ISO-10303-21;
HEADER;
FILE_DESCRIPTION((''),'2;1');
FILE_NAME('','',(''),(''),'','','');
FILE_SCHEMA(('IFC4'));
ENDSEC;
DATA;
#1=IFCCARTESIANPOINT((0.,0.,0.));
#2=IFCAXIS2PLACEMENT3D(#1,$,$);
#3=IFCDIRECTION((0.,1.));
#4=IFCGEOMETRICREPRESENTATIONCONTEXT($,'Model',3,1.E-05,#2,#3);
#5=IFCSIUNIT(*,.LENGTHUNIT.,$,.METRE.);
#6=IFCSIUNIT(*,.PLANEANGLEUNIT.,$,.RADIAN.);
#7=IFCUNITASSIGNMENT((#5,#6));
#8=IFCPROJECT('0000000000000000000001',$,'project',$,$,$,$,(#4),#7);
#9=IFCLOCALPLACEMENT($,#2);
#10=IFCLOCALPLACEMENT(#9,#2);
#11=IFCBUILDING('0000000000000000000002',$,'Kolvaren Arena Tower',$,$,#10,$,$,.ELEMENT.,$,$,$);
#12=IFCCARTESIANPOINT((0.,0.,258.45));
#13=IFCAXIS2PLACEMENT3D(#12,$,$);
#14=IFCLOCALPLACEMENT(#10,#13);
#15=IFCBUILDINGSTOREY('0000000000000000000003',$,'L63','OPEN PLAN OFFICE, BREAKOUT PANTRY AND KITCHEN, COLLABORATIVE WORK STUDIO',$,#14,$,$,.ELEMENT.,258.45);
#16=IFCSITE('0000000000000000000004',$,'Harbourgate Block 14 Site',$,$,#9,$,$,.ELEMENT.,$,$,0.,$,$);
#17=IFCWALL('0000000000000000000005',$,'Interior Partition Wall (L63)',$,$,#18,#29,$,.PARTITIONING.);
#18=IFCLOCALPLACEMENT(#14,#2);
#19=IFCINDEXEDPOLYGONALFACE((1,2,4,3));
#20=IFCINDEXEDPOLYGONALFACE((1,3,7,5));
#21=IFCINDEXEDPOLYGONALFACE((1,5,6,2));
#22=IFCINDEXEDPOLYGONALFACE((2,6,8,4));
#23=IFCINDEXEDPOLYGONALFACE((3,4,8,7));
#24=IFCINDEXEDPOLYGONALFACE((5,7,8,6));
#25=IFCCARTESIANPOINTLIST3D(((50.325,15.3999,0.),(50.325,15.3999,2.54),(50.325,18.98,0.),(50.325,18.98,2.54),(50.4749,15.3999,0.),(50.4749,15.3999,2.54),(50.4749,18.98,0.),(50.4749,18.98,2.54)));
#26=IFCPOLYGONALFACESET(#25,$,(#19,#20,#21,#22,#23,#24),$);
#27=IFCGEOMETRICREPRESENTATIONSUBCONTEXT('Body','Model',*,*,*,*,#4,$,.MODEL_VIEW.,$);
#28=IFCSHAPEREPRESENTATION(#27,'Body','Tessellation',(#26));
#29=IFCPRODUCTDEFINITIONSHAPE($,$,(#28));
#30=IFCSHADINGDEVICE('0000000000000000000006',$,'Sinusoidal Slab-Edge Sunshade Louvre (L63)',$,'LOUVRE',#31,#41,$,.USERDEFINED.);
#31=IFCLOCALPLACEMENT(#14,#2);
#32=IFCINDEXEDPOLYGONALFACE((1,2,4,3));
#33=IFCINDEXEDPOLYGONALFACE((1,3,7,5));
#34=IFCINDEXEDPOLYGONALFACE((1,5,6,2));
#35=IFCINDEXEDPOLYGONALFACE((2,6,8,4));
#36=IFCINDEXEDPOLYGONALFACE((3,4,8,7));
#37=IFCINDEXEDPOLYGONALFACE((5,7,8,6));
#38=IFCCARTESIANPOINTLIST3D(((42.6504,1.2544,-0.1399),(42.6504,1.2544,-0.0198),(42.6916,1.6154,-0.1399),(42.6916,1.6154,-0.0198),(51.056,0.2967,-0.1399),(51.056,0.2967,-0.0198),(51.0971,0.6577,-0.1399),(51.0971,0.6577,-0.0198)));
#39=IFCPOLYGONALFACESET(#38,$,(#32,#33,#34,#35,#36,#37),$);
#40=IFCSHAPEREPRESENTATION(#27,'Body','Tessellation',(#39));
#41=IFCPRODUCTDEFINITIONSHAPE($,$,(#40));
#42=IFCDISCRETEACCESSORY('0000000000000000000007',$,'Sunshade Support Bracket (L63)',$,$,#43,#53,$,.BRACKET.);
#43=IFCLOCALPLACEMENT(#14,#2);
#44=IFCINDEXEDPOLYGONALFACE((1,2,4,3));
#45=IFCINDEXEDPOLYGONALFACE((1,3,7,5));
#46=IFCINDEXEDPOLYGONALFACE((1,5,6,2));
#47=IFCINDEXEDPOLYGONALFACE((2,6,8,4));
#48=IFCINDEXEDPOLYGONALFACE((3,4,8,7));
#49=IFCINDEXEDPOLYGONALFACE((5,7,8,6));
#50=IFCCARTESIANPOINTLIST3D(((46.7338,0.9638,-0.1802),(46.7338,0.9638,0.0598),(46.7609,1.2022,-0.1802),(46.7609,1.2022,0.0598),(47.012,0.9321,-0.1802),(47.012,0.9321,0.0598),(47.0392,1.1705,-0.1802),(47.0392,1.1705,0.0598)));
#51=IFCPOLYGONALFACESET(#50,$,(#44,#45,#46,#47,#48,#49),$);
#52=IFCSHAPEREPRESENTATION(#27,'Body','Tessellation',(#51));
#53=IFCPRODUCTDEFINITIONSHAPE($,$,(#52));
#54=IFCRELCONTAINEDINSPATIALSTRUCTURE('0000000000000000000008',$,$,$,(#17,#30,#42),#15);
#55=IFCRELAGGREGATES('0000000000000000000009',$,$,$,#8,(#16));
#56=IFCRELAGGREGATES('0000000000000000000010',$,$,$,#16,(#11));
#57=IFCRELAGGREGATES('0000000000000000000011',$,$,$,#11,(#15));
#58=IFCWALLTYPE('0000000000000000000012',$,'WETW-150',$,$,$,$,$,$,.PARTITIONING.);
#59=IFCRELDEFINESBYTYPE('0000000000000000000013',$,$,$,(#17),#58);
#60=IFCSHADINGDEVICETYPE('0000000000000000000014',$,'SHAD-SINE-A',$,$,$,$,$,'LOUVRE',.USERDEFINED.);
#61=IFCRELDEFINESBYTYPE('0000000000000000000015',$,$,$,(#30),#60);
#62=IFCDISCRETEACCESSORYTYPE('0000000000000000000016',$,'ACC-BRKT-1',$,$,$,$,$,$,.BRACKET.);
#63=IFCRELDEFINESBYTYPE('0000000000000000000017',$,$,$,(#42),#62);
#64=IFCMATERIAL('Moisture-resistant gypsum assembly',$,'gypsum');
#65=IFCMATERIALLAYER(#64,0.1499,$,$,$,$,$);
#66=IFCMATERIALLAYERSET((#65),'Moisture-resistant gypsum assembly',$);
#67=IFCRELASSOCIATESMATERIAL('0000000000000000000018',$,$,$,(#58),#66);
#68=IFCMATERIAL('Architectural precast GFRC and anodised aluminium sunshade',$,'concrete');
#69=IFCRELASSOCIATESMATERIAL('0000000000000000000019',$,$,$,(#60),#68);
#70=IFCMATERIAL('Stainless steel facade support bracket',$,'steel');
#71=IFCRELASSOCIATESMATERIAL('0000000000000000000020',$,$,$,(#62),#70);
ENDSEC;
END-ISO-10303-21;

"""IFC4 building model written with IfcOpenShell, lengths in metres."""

from ifc_helpers import new_model, si_unit, direction, frame, frame_2d, origin, origin_2d, place, context, subcontext, project, spatial, rectangle, extrude, material, layer, layer_set, type_object, element, save


model = new_model("IFC4")

# Units and contexts
model_context = context("Model", 3, precision=1e-05, world=origin(), true_north=direction((0.0, 1.0)))
body_context = subcontext(model_context, "Body", "Model", "MODEL_VIEW")
ifc_project = project(units=[si_unit("LENGTHUNIT", "METRE"), si_unit("PLANEANGLEUNIT", "RADIAN")], contexts=[model_context])

# Site, building, storey
site_placement = place(None, origin())
site = spatial("IfcSite", under=ifc_project, at=site_placement, Name="Harbourgate Block 14 Site", CompositionType="ELEMENT", RefElevation=0.0)
building_placement = place(site_placement, origin())
building = spatial("IfcBuilding", under=site, at=building_placement, Name="Kolvaren Arena Tower", CompositionType="ELEMENT")
storey_placement = place(building_placement, frame((0.0, 0.0, 258.45)))
storey = spatial("IfcBuildingStorey", under=building, at=storey_placement, Name="L63", Description="OPEN PLAN OFFICE, BREAKOUT PANTRY AND KITCHEN, COLLABORATIVE WORK STUDIO", CompositionType="ELEMENT", Elevation=258.45)

# Wall
ifc_material_1 = material(Name="Moisture-resistant gypsum assembly", Category="gypsum")
ifc_layer_1 = layer(ifc_material_1, 0.1499)
ifc_layer_set_1 = layer_set([ifc_layer_1], Name="Moisture-resistant gypsum assembly")
wall_type_1 = type_object("IfcWallType", Name="WETW-150", PredefinedType="PARTITIONING", material=ifc_layer_set_1)
wall_1_placement = place(storey_placement, frame((50.3999, 15.3999, 0.0), z_axis=(0.0, 0.0, 1.0), x_axis=(0.0, 1.0, 0.0)))
element("IfcWall", 1, at=wall_1_placement, inside=storey, type_object=wall_type_1, Name="Interior Partition Wall (L63)", PredefinedType="PARTITIONING", context=body_context, shape_type="SweptSolid", body=[
    extrude(rectangle(XDim=3.5801, YDim=0.1499, at=frame_2d((1.79, 0.0))), origin(), (0.0, 0.0, 1.0), 2.54),
])

# Shading device
ifc_material_2 = material(Name="Architectural precast GFRC and anodised aluminium sunshade", Category="concrete")
shading_device_type = type_object("IfcShadingDeviceType", Name="SHAD-SINE-A", ElementType="LOUVRE", PredefinedType="USERDEFINED", material=ifc_material_2)
shading_device_placement = place(storey_placement, frame((46.8738, 0.9561, -0.1399), z_axis=(0.0, 0.0, 1.0), x_axis=(-0.993572, 0.113205, 0.0)))
element("IfcShadingDevice", 2, at=shading_device_placement, inside=storey, type_object=shading_device_type, Name="Sinusoidal Slab-Edge Sunshade Louvre (L63)", ObjectType="LOUVRE", PredefinedType="USERDEFINED", context=body_context, shape_type="SweptSolid", body=[
    extrude(rectangle(XDim=8.46, YDim=0.3633, at=origin_2d()), origin(), (0.0, 0.0, 1.0), 0.1201),
])

# Discrete accessory
ifc_material_3 = material(Name="Stainless steel facade support bracket", Category="steel")
discrete_accessory_type = type_object("IfcDiscreteAccessoryType", Name="ACC-BRKT-1", PredefinedType="BRACKET", material=ifc_material_3)
discrete_accessory_placement = place(storey_placement, frame((46.8865, 1.0671, -0.1802), z_axis=(0.0, 0.0, 1.0), x_axis=(-0.993572, 0.113205, 0.0)))
element("IfcDiscreteAccessory", 3, at=discrete_accessory_placement, inside=storey, type_object=discrete_accessory_type, Name="Sunshade Support Bracket (L63)", PredefinedType="BRACKET", context=body_context, shape_type="SweptSolid", body=[
    extrude(rectangle(XDim=0.28, YDim=0.24, at=origin_2d()), origin(), (0.0, 0.0, 1.0), 0.24),
])

save(model, "model.ifc")
